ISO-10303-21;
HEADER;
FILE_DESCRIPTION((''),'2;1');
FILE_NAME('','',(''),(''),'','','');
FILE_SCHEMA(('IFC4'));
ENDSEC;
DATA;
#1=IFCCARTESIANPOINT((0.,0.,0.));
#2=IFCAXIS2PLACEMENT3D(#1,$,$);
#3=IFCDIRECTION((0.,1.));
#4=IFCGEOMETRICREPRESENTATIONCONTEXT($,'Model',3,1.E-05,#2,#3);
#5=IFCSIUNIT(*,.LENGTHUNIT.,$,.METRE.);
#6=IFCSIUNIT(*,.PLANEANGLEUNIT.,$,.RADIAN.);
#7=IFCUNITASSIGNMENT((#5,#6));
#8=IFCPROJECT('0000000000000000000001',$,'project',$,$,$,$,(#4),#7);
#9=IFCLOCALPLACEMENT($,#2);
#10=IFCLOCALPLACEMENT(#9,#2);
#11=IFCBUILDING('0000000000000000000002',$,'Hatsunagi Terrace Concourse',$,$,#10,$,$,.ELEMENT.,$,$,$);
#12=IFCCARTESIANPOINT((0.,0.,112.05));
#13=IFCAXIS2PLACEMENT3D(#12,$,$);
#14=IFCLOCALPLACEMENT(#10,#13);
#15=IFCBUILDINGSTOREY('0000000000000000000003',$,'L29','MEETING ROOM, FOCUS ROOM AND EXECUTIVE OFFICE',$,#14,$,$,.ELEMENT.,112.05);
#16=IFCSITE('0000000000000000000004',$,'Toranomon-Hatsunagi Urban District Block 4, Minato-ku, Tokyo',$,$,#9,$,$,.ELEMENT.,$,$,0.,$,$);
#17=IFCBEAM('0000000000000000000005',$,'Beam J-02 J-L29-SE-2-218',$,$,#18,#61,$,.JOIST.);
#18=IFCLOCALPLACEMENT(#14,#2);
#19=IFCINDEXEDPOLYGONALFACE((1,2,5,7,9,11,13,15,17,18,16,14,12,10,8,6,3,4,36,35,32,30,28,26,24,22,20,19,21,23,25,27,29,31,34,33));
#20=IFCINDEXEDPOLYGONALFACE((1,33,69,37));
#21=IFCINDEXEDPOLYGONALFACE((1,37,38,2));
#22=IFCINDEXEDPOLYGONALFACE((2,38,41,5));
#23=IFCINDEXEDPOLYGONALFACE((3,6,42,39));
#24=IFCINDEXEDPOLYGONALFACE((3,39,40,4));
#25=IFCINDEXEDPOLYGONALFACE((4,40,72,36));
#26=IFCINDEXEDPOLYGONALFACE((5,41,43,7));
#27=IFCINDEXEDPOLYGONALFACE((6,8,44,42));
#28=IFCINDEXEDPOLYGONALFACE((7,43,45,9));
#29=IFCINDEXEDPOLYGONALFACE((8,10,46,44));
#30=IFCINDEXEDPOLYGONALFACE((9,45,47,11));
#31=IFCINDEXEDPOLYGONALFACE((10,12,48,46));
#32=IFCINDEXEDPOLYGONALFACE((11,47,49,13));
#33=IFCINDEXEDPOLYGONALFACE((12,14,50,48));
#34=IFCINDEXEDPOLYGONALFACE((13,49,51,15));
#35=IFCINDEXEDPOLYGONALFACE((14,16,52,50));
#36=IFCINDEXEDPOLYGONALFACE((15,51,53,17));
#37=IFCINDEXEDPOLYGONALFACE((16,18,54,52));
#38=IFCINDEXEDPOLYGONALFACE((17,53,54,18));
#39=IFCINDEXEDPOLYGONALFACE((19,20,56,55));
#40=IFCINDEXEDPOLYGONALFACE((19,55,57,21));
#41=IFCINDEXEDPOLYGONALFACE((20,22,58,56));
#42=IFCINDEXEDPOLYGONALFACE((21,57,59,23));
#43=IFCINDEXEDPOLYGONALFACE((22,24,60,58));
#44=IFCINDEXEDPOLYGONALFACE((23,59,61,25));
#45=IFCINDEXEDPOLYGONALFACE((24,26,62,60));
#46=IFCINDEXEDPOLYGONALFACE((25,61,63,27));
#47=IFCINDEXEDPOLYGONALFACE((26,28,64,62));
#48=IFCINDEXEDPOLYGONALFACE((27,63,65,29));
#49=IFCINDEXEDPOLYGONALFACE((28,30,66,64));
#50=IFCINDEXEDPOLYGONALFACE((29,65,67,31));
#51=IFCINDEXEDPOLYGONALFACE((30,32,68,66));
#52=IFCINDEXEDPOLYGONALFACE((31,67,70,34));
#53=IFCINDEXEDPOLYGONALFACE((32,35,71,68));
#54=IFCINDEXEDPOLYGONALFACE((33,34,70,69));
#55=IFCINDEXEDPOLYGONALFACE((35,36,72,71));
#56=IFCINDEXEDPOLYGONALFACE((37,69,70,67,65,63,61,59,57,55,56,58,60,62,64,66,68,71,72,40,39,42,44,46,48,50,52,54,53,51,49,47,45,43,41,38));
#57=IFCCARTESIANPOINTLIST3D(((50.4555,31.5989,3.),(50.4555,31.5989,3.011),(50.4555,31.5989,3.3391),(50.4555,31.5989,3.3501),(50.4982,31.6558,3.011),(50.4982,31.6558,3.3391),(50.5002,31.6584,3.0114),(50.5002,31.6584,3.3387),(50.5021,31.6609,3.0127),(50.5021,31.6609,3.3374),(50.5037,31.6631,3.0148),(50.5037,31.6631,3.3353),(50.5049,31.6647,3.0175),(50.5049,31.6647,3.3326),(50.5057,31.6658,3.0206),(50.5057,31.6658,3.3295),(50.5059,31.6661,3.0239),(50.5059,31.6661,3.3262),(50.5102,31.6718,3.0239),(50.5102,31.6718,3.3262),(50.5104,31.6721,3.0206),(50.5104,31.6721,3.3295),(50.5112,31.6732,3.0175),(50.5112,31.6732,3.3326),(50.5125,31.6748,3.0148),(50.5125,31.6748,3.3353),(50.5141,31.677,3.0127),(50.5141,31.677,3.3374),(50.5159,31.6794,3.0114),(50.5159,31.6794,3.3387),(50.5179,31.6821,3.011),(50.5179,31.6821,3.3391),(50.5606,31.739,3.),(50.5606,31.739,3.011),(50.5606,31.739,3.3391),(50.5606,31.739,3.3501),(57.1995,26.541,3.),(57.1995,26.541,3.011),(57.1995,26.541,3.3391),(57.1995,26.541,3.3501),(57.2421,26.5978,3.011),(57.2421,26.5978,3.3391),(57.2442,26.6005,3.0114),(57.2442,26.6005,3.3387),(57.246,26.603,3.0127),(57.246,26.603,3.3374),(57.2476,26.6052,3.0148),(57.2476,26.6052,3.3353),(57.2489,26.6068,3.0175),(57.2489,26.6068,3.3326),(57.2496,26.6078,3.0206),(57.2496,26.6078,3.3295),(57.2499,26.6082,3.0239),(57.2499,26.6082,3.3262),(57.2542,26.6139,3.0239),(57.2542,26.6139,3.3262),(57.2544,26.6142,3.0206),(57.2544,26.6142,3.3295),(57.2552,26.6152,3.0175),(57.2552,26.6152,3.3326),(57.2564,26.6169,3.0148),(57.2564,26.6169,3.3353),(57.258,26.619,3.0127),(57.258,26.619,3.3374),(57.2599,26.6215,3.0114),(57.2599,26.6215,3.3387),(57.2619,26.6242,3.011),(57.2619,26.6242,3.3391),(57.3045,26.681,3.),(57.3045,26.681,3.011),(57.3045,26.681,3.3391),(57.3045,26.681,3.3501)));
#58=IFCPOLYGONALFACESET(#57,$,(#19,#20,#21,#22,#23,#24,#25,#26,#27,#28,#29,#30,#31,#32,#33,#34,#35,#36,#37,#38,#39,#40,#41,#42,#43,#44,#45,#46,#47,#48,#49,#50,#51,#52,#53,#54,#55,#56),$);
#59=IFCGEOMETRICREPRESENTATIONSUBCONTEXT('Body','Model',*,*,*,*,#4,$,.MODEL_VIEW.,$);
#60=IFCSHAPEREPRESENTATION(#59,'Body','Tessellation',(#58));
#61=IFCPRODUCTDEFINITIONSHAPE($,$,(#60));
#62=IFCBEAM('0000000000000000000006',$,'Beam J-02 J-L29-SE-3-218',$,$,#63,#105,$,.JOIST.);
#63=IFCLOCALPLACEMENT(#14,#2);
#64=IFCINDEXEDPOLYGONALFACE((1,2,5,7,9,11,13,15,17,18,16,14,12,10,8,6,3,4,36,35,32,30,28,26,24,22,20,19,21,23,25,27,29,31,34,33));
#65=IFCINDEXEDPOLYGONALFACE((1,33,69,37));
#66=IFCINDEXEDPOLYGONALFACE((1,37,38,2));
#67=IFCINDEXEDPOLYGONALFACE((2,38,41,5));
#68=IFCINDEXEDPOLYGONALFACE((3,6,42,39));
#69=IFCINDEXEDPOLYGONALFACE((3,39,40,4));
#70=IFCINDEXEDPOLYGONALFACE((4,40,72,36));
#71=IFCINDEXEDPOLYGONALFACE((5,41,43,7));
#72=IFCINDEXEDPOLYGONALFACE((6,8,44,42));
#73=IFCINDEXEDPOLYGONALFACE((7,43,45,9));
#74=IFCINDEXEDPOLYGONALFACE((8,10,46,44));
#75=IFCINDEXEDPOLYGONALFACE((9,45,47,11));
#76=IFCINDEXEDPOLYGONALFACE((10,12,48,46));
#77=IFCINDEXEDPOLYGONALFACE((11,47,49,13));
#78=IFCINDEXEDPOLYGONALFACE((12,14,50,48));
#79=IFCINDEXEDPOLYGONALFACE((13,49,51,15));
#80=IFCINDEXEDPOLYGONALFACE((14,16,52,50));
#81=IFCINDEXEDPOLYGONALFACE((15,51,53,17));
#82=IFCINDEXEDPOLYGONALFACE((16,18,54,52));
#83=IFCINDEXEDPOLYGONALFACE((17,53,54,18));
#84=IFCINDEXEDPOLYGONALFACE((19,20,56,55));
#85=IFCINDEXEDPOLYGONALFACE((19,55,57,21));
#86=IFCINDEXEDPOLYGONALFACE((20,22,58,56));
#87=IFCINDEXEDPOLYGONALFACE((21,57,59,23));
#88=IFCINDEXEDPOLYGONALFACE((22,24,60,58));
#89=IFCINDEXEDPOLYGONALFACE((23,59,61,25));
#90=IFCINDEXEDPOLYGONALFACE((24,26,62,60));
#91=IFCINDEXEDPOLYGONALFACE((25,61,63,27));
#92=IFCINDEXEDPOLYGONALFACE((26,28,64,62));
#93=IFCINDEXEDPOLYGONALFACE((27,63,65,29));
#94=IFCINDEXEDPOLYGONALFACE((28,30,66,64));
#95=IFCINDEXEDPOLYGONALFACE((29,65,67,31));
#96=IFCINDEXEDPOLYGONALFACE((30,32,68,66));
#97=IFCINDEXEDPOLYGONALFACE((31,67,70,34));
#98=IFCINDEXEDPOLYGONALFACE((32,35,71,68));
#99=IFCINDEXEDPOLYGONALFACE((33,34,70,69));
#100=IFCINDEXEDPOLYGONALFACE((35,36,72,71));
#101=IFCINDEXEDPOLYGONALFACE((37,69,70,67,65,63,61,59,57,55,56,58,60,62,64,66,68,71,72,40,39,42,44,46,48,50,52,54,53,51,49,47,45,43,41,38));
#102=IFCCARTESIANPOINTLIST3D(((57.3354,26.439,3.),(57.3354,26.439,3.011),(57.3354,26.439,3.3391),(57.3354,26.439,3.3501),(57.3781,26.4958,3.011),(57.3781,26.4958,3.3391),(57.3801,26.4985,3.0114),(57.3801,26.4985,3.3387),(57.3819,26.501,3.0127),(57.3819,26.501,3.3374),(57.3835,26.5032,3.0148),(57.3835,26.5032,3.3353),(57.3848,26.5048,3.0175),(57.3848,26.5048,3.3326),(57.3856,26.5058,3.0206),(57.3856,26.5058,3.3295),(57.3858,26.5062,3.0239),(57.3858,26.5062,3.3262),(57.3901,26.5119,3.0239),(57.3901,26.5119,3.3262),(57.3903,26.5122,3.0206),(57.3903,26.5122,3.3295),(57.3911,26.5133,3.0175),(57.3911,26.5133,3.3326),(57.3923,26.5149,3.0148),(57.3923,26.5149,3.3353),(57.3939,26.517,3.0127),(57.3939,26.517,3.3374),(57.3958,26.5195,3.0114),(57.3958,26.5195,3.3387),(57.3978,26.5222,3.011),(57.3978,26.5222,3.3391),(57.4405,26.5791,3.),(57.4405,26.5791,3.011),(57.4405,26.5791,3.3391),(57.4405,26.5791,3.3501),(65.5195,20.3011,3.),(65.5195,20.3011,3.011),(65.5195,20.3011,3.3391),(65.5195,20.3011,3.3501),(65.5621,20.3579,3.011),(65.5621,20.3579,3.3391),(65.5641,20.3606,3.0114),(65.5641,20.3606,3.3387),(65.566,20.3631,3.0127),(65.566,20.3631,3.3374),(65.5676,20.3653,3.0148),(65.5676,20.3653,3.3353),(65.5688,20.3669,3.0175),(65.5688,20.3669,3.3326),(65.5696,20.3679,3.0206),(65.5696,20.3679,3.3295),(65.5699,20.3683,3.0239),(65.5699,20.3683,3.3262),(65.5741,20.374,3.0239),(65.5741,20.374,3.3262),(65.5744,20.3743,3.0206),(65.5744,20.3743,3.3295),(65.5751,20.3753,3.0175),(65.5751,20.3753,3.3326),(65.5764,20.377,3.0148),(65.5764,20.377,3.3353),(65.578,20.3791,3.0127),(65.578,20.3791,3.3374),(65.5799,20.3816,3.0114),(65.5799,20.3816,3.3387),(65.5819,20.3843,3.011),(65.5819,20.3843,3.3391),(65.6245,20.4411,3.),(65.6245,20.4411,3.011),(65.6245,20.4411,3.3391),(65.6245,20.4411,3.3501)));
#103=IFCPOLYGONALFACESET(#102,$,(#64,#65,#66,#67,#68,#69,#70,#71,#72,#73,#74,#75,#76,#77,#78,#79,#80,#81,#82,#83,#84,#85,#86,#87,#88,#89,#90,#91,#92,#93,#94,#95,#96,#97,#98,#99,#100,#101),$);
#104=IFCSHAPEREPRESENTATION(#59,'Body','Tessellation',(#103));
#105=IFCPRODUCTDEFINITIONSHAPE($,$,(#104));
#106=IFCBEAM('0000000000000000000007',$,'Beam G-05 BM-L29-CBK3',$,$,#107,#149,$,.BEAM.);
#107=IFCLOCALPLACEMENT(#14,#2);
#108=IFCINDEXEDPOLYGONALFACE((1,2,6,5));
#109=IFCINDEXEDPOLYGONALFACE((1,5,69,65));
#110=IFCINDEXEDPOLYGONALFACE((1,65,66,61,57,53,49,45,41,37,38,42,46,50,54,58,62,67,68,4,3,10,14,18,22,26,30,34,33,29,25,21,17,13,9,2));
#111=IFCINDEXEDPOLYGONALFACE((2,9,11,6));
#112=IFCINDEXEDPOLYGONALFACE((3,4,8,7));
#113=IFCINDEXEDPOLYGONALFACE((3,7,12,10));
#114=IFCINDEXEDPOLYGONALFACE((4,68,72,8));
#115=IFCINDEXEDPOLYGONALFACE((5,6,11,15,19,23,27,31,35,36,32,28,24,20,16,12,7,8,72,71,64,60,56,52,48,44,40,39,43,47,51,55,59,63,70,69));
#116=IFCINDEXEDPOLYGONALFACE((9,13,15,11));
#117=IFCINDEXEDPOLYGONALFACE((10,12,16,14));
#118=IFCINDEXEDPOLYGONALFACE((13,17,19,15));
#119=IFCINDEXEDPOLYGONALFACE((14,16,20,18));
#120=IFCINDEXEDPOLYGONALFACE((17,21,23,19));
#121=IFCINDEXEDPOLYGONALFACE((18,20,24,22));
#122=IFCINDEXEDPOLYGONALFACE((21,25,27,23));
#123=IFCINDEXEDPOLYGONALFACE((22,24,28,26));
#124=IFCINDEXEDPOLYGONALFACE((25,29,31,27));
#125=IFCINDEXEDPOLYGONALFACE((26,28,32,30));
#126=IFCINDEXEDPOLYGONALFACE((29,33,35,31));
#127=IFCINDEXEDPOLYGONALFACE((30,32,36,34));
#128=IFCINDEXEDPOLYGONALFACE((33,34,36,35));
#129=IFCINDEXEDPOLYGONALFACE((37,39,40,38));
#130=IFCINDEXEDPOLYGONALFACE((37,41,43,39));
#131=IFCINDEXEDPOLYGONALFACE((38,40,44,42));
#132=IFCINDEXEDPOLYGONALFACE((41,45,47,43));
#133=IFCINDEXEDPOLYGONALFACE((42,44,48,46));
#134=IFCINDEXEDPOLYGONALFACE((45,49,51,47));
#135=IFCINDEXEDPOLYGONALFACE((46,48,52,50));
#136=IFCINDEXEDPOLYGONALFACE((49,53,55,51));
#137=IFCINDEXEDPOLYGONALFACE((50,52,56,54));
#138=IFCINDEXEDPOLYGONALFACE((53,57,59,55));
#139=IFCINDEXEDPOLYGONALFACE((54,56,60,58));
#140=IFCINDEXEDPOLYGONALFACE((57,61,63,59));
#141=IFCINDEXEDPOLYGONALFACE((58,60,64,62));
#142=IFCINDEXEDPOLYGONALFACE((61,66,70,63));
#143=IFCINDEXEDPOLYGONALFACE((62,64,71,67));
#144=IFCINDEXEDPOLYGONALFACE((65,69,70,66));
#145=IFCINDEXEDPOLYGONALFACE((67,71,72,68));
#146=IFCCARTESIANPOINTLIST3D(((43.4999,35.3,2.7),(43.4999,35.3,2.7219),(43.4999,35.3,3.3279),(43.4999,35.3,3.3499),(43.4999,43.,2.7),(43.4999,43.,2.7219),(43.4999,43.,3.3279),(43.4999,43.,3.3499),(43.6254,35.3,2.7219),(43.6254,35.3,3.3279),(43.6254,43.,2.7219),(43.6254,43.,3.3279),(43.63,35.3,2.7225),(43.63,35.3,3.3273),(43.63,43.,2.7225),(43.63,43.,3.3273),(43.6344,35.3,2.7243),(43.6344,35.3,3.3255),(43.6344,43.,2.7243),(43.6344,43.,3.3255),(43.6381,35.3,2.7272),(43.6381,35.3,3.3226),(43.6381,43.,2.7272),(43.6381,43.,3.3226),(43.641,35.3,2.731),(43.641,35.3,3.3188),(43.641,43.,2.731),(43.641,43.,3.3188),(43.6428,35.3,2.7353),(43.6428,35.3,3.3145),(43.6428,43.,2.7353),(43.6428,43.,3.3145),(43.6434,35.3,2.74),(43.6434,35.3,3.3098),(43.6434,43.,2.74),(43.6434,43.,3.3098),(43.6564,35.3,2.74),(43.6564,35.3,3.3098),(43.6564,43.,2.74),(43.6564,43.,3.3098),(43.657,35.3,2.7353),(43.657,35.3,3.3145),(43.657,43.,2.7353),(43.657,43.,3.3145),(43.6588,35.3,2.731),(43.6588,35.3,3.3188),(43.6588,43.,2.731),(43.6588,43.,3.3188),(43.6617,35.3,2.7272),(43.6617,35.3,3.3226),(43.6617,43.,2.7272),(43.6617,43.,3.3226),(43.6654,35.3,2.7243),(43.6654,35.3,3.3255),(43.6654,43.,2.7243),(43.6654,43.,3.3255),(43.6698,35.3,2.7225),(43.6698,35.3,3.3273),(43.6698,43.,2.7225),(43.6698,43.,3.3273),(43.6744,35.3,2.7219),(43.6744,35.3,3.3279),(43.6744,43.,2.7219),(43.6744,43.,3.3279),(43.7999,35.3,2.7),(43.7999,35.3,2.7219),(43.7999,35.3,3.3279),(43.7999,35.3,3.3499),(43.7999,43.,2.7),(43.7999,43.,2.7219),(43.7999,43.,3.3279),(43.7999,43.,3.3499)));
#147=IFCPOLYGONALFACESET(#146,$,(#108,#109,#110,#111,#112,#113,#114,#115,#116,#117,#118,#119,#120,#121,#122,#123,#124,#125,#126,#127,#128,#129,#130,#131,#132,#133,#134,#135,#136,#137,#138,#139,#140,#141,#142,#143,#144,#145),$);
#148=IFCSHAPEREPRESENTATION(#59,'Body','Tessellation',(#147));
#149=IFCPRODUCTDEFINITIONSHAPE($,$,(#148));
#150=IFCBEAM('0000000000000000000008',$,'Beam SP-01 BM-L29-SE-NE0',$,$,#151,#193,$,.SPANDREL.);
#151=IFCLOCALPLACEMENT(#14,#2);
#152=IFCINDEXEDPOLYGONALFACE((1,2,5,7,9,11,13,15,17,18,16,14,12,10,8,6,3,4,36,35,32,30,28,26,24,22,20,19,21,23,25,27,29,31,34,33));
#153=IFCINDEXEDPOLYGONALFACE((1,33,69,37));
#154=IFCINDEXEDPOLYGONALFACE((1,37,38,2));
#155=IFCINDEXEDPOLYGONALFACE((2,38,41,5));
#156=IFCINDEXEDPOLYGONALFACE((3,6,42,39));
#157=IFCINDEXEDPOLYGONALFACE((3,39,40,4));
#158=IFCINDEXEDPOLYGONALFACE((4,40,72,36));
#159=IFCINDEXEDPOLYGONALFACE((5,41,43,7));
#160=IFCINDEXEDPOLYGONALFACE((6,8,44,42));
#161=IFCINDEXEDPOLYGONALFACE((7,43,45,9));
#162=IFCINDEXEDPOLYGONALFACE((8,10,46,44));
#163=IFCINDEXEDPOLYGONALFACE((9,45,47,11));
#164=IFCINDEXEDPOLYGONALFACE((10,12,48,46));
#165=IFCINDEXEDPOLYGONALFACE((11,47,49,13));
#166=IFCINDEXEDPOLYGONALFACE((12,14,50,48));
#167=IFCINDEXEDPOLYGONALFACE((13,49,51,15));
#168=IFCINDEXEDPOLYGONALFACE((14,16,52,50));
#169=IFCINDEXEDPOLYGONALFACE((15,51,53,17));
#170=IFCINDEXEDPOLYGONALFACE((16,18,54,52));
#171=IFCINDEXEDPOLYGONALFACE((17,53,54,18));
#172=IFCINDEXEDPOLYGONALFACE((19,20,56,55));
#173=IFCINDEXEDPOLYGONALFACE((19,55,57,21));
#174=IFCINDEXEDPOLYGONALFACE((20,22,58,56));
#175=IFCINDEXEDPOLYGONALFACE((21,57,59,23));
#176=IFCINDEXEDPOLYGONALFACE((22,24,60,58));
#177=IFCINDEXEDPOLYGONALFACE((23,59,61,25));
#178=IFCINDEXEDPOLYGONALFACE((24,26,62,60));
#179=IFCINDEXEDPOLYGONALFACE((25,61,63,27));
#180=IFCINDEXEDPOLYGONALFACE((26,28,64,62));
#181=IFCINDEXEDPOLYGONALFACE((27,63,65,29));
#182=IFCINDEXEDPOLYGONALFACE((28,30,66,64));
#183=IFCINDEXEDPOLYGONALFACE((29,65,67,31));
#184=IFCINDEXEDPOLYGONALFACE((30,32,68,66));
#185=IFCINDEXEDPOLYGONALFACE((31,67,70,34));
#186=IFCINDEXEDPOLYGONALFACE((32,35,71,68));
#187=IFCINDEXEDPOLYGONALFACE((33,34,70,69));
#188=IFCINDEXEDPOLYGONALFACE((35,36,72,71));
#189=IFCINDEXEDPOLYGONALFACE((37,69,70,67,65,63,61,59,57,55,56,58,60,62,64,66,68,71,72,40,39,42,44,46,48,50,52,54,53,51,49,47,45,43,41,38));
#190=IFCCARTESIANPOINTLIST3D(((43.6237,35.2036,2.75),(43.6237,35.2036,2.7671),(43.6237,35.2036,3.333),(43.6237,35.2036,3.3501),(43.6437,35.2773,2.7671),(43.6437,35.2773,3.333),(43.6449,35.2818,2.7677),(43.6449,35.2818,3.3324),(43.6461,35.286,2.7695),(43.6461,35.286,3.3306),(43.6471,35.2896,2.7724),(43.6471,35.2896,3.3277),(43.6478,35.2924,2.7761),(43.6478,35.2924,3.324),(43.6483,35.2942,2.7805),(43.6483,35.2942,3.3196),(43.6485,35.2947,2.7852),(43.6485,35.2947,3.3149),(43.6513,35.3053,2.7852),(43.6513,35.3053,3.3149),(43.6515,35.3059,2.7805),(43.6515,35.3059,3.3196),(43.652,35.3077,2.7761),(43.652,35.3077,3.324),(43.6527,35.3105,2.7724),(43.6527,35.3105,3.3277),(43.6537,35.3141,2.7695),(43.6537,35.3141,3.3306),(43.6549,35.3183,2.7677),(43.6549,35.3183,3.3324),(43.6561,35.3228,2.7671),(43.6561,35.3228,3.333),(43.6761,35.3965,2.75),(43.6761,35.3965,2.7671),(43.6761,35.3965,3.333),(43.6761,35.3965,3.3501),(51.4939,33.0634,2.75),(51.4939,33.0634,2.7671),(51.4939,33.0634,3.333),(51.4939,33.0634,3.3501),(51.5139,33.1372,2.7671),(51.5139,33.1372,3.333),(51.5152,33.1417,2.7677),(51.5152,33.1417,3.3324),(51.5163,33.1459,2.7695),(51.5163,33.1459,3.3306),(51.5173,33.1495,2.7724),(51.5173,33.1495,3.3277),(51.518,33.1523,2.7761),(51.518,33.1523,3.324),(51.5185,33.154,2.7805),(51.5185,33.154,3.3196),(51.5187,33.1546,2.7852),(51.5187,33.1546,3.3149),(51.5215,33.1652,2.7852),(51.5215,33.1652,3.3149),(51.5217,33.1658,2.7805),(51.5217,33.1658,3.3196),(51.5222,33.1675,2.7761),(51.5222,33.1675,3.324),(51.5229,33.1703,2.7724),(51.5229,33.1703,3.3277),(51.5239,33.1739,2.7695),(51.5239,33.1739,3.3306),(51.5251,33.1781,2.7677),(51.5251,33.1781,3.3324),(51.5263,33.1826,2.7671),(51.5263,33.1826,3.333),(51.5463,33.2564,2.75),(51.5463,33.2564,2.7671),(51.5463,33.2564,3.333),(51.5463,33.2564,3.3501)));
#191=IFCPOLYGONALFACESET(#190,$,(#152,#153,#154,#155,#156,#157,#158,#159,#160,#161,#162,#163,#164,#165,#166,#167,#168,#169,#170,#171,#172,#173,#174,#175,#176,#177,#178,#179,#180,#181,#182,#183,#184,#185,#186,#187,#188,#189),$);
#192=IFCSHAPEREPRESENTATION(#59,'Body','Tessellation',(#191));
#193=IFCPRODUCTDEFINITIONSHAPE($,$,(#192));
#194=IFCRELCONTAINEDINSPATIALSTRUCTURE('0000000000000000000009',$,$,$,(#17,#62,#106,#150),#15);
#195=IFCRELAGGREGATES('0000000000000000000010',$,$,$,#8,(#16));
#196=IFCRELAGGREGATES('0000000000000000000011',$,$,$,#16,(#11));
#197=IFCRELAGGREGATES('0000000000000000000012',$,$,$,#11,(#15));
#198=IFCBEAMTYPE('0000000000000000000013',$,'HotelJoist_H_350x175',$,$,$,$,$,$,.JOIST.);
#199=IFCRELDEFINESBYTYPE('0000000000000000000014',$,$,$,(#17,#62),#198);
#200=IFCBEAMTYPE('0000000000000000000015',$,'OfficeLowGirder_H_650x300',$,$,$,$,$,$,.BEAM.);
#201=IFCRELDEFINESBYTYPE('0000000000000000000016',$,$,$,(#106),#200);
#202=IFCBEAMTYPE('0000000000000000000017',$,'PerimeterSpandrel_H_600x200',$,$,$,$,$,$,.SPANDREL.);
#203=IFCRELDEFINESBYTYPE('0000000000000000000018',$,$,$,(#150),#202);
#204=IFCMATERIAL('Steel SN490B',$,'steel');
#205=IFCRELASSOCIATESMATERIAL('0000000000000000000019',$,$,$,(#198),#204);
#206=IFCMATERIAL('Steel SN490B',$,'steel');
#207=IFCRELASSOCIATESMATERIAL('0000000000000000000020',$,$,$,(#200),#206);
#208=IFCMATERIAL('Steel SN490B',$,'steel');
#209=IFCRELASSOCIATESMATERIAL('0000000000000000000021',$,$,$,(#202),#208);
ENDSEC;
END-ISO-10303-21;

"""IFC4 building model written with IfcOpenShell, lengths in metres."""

from ifc_helpers import new_model, si_unit, direction, frame, origin, origin_2d, place, context, subcontext, project, spatial, i_section, extrude, material, material_profile, profile_set, type_object, element, save


model = new_model("IFC4")

# Units and contexts
model_context = context("Model", 3, precision=1e-05, world=origin(), true_north=direction((0.0, 1.0)))
body_context = subcontext(model_context, "Body", "Model", "MODEL_VIEW")
ifc_project = project(units=[si_unit("LENGTHUNIT", "METRE"), si_unit("PLANEANGLEUNIT", "RADIAN")], contexts=[model_context])

# Site, building, storey
site_placement = place(None, origin())
site = spatial("IfcSite", under=ifc_project, at=site_placement, Name="Toranomon-Hatsunagi Urban District Block 4, Minato-ku, Tokyo", CompositionType="ELEMENT", RefElevation=0.0)
building_placement = place(site_placement, origin())
building = spatial("IfcBuilding", under=site, at=building_placement, Name="Hatsunagi Terrace Concourse", CompositionType="ELEMENT")
storey_placement = place(building_placement, frame((0.0, 0.0, 112.05)))
storey = spatial("IfcBuildingStorey", under=building, at=storey_placement, Name="L29", Description="MEETING ROOM, FOCUS ROOM AND EXECUTIVE OFFICE", CompositionType="ELEMENT", Elevation=112.05)

# Beams
ifc_material_1 = material(Name="Steel SN490B", Category="steel")
ifc_material_profile_1 = material_profile(ifc_material_1, i_section(OverallWidth=0.175, OverallDepth=0.3501, WebThickness=0.0071, FlangeThickness=0.011, FilletRadius=0.0129, at=origin_2d()), Name="H-350x175x7x11")
ifc_profile_set_1 = profile_set([ifc_material_profile_1], Name="Steel SN490B")
beam_type_1 = type_object("IfcBeamType", Name="HotelJoist_H_350x175", PredefinedType="JOIST", material=ifc_profile_set_1)
for number, where, z_axis, x_axis, name in (
    (1, (50.5081, 31.6689, 3.175), (0.800003, -0.599995, 0.0), (0.599995, 0.800003, 0.0), "Beam J-02 J-L29-SE-2-218"),
):
    element("IfcBeam", number, at=place(storey_placement, frame(where, z_axis=z_axis, x_axis=x_axis)), inside=storey, type_object=beam_type_1, Name=name, PredefinedType="JOIST", context=body_context, shape_type="SweptSolid", body=[
        extrude(i_section(OverallWidth=0.175, OverallDepth=0.3501, WebThickness=0.0071, FlangeThickness=0.011, FilletRadius=0.0129, at=origin_2d()), origin(), (0.0, 0.0, 1.0), 8.4299),
    ])
beam_1_placement = place(storey_placement, frame((57.3879, 26.509, 3.175), z_axis=(0.800006, -0.599992, 0.0), x_axis=(0.599992, 0.800006, 0.0)))
element("IfcBeam", 2, at=beam_1_placement, inside=storey, type_object=beam_type_1, Name="Beam J-02 J-L29-SE-3-218", PredefinedType="JOIST", context=body_context, shape_type="SweptSolid", body=[
    extrude(i_section(OverallWidth=0.175, OverallDepth=0.3501, WebThickness=0.0071, FlangeThickness=0.011, FilletRadius=0.0129, at=origin_2d()), origin(), (0.0, 0.0, 1.0), 10.23),
])
ifc_material_2 = material(Name="Steel SN490B", Category="steel")
ifc_material_profile_2 = material_profile(ifc_material_2, i_section(OverallWidth=0.3, OverallDepth=0.6499, WebThickness=0.0129, FlangeThickness=0.022, FilletRadius=0.0181, at=origin_2d()), Name="H-650x300x13x22")
ifc_profile_set_2 = profile_set([ifc_material_profile_2], Name="Steel SN490B")
beam_type_2 = type_object("IfcBeamType", Name="OfficeLowGirder_H_650x300", PredefinedType="BEAM", material=ifc_profile_set_2)
beam_2_placement = place(storey_placement, frame((43.6499, 35.3, 3.0249), z_axis=(0.0, 1.0, 0.0), x_axis=(-1.0, 0.0, 0.0)))
element("IfcBeam", 3, at=beam_2_placement, inside=storey, type_object=beam_type_2, Name="Beam G-05 BM-L29-CBK3", PredefinedType="BEAM", context=body_context, shape_type="SweptSolid", body=[
    extrude(i_section(OverallWidth=0.3, OverallDepth=0.6499, WebThickness=0.0129, FlangeThickness=0.022, FilletRadius=0.0181, at=origin_2d()), origin(), (0.0, 0.0, 1.0), 7.7),
])
ifc_material_3 = material(Name="Steel SN490B", Category="steel")
ifc_material_profile_3 = material_profile(ifc_material_3, i_section(OverallWidth=0.2, OverallDepth=0.6001, WebThickness=0.011, FlangeThickness=0.0171, FilletRadius=0.0181, at=origin_2d()), Name="H-600x200x11x17")
ifc_profile_set_3 = profile_set([ifc_material_profile_3], Name="Steel SN490B")
beam_type_3 = type_object("IfcBeamType", Name="PerimeterSpandrel_H_600x200", PredefinedType="SPANDREL", material=ifc_profile_set_3)
beam_3_placement = place(storey_placement, frame((43.6499, 35.3, 3.05), z_axis=(0.964958, -0.262403, 0.0), x_axis=(0.262403, 0.964958, 0.0)))
element("IfcBeam", 4, at=beam_3_placement, inside=storey, type_object=beam_type_3, Name="Beam SP-01 BM-L29-SE-NE0", PredefinedType="SPANDREL", context=body_context, shape_type="SweptSolid", body=[
    extrude(i_section(OverallWidth=0.2, OverallDepth=0.6001, WebThickness=0.011, FlangeThickness=0.0171, FilletRadius=0.0181, at=origin_2d()), origin(), (0.0, 0.0, 1.0), 8.156),
])

save(model, "model.ifc")
